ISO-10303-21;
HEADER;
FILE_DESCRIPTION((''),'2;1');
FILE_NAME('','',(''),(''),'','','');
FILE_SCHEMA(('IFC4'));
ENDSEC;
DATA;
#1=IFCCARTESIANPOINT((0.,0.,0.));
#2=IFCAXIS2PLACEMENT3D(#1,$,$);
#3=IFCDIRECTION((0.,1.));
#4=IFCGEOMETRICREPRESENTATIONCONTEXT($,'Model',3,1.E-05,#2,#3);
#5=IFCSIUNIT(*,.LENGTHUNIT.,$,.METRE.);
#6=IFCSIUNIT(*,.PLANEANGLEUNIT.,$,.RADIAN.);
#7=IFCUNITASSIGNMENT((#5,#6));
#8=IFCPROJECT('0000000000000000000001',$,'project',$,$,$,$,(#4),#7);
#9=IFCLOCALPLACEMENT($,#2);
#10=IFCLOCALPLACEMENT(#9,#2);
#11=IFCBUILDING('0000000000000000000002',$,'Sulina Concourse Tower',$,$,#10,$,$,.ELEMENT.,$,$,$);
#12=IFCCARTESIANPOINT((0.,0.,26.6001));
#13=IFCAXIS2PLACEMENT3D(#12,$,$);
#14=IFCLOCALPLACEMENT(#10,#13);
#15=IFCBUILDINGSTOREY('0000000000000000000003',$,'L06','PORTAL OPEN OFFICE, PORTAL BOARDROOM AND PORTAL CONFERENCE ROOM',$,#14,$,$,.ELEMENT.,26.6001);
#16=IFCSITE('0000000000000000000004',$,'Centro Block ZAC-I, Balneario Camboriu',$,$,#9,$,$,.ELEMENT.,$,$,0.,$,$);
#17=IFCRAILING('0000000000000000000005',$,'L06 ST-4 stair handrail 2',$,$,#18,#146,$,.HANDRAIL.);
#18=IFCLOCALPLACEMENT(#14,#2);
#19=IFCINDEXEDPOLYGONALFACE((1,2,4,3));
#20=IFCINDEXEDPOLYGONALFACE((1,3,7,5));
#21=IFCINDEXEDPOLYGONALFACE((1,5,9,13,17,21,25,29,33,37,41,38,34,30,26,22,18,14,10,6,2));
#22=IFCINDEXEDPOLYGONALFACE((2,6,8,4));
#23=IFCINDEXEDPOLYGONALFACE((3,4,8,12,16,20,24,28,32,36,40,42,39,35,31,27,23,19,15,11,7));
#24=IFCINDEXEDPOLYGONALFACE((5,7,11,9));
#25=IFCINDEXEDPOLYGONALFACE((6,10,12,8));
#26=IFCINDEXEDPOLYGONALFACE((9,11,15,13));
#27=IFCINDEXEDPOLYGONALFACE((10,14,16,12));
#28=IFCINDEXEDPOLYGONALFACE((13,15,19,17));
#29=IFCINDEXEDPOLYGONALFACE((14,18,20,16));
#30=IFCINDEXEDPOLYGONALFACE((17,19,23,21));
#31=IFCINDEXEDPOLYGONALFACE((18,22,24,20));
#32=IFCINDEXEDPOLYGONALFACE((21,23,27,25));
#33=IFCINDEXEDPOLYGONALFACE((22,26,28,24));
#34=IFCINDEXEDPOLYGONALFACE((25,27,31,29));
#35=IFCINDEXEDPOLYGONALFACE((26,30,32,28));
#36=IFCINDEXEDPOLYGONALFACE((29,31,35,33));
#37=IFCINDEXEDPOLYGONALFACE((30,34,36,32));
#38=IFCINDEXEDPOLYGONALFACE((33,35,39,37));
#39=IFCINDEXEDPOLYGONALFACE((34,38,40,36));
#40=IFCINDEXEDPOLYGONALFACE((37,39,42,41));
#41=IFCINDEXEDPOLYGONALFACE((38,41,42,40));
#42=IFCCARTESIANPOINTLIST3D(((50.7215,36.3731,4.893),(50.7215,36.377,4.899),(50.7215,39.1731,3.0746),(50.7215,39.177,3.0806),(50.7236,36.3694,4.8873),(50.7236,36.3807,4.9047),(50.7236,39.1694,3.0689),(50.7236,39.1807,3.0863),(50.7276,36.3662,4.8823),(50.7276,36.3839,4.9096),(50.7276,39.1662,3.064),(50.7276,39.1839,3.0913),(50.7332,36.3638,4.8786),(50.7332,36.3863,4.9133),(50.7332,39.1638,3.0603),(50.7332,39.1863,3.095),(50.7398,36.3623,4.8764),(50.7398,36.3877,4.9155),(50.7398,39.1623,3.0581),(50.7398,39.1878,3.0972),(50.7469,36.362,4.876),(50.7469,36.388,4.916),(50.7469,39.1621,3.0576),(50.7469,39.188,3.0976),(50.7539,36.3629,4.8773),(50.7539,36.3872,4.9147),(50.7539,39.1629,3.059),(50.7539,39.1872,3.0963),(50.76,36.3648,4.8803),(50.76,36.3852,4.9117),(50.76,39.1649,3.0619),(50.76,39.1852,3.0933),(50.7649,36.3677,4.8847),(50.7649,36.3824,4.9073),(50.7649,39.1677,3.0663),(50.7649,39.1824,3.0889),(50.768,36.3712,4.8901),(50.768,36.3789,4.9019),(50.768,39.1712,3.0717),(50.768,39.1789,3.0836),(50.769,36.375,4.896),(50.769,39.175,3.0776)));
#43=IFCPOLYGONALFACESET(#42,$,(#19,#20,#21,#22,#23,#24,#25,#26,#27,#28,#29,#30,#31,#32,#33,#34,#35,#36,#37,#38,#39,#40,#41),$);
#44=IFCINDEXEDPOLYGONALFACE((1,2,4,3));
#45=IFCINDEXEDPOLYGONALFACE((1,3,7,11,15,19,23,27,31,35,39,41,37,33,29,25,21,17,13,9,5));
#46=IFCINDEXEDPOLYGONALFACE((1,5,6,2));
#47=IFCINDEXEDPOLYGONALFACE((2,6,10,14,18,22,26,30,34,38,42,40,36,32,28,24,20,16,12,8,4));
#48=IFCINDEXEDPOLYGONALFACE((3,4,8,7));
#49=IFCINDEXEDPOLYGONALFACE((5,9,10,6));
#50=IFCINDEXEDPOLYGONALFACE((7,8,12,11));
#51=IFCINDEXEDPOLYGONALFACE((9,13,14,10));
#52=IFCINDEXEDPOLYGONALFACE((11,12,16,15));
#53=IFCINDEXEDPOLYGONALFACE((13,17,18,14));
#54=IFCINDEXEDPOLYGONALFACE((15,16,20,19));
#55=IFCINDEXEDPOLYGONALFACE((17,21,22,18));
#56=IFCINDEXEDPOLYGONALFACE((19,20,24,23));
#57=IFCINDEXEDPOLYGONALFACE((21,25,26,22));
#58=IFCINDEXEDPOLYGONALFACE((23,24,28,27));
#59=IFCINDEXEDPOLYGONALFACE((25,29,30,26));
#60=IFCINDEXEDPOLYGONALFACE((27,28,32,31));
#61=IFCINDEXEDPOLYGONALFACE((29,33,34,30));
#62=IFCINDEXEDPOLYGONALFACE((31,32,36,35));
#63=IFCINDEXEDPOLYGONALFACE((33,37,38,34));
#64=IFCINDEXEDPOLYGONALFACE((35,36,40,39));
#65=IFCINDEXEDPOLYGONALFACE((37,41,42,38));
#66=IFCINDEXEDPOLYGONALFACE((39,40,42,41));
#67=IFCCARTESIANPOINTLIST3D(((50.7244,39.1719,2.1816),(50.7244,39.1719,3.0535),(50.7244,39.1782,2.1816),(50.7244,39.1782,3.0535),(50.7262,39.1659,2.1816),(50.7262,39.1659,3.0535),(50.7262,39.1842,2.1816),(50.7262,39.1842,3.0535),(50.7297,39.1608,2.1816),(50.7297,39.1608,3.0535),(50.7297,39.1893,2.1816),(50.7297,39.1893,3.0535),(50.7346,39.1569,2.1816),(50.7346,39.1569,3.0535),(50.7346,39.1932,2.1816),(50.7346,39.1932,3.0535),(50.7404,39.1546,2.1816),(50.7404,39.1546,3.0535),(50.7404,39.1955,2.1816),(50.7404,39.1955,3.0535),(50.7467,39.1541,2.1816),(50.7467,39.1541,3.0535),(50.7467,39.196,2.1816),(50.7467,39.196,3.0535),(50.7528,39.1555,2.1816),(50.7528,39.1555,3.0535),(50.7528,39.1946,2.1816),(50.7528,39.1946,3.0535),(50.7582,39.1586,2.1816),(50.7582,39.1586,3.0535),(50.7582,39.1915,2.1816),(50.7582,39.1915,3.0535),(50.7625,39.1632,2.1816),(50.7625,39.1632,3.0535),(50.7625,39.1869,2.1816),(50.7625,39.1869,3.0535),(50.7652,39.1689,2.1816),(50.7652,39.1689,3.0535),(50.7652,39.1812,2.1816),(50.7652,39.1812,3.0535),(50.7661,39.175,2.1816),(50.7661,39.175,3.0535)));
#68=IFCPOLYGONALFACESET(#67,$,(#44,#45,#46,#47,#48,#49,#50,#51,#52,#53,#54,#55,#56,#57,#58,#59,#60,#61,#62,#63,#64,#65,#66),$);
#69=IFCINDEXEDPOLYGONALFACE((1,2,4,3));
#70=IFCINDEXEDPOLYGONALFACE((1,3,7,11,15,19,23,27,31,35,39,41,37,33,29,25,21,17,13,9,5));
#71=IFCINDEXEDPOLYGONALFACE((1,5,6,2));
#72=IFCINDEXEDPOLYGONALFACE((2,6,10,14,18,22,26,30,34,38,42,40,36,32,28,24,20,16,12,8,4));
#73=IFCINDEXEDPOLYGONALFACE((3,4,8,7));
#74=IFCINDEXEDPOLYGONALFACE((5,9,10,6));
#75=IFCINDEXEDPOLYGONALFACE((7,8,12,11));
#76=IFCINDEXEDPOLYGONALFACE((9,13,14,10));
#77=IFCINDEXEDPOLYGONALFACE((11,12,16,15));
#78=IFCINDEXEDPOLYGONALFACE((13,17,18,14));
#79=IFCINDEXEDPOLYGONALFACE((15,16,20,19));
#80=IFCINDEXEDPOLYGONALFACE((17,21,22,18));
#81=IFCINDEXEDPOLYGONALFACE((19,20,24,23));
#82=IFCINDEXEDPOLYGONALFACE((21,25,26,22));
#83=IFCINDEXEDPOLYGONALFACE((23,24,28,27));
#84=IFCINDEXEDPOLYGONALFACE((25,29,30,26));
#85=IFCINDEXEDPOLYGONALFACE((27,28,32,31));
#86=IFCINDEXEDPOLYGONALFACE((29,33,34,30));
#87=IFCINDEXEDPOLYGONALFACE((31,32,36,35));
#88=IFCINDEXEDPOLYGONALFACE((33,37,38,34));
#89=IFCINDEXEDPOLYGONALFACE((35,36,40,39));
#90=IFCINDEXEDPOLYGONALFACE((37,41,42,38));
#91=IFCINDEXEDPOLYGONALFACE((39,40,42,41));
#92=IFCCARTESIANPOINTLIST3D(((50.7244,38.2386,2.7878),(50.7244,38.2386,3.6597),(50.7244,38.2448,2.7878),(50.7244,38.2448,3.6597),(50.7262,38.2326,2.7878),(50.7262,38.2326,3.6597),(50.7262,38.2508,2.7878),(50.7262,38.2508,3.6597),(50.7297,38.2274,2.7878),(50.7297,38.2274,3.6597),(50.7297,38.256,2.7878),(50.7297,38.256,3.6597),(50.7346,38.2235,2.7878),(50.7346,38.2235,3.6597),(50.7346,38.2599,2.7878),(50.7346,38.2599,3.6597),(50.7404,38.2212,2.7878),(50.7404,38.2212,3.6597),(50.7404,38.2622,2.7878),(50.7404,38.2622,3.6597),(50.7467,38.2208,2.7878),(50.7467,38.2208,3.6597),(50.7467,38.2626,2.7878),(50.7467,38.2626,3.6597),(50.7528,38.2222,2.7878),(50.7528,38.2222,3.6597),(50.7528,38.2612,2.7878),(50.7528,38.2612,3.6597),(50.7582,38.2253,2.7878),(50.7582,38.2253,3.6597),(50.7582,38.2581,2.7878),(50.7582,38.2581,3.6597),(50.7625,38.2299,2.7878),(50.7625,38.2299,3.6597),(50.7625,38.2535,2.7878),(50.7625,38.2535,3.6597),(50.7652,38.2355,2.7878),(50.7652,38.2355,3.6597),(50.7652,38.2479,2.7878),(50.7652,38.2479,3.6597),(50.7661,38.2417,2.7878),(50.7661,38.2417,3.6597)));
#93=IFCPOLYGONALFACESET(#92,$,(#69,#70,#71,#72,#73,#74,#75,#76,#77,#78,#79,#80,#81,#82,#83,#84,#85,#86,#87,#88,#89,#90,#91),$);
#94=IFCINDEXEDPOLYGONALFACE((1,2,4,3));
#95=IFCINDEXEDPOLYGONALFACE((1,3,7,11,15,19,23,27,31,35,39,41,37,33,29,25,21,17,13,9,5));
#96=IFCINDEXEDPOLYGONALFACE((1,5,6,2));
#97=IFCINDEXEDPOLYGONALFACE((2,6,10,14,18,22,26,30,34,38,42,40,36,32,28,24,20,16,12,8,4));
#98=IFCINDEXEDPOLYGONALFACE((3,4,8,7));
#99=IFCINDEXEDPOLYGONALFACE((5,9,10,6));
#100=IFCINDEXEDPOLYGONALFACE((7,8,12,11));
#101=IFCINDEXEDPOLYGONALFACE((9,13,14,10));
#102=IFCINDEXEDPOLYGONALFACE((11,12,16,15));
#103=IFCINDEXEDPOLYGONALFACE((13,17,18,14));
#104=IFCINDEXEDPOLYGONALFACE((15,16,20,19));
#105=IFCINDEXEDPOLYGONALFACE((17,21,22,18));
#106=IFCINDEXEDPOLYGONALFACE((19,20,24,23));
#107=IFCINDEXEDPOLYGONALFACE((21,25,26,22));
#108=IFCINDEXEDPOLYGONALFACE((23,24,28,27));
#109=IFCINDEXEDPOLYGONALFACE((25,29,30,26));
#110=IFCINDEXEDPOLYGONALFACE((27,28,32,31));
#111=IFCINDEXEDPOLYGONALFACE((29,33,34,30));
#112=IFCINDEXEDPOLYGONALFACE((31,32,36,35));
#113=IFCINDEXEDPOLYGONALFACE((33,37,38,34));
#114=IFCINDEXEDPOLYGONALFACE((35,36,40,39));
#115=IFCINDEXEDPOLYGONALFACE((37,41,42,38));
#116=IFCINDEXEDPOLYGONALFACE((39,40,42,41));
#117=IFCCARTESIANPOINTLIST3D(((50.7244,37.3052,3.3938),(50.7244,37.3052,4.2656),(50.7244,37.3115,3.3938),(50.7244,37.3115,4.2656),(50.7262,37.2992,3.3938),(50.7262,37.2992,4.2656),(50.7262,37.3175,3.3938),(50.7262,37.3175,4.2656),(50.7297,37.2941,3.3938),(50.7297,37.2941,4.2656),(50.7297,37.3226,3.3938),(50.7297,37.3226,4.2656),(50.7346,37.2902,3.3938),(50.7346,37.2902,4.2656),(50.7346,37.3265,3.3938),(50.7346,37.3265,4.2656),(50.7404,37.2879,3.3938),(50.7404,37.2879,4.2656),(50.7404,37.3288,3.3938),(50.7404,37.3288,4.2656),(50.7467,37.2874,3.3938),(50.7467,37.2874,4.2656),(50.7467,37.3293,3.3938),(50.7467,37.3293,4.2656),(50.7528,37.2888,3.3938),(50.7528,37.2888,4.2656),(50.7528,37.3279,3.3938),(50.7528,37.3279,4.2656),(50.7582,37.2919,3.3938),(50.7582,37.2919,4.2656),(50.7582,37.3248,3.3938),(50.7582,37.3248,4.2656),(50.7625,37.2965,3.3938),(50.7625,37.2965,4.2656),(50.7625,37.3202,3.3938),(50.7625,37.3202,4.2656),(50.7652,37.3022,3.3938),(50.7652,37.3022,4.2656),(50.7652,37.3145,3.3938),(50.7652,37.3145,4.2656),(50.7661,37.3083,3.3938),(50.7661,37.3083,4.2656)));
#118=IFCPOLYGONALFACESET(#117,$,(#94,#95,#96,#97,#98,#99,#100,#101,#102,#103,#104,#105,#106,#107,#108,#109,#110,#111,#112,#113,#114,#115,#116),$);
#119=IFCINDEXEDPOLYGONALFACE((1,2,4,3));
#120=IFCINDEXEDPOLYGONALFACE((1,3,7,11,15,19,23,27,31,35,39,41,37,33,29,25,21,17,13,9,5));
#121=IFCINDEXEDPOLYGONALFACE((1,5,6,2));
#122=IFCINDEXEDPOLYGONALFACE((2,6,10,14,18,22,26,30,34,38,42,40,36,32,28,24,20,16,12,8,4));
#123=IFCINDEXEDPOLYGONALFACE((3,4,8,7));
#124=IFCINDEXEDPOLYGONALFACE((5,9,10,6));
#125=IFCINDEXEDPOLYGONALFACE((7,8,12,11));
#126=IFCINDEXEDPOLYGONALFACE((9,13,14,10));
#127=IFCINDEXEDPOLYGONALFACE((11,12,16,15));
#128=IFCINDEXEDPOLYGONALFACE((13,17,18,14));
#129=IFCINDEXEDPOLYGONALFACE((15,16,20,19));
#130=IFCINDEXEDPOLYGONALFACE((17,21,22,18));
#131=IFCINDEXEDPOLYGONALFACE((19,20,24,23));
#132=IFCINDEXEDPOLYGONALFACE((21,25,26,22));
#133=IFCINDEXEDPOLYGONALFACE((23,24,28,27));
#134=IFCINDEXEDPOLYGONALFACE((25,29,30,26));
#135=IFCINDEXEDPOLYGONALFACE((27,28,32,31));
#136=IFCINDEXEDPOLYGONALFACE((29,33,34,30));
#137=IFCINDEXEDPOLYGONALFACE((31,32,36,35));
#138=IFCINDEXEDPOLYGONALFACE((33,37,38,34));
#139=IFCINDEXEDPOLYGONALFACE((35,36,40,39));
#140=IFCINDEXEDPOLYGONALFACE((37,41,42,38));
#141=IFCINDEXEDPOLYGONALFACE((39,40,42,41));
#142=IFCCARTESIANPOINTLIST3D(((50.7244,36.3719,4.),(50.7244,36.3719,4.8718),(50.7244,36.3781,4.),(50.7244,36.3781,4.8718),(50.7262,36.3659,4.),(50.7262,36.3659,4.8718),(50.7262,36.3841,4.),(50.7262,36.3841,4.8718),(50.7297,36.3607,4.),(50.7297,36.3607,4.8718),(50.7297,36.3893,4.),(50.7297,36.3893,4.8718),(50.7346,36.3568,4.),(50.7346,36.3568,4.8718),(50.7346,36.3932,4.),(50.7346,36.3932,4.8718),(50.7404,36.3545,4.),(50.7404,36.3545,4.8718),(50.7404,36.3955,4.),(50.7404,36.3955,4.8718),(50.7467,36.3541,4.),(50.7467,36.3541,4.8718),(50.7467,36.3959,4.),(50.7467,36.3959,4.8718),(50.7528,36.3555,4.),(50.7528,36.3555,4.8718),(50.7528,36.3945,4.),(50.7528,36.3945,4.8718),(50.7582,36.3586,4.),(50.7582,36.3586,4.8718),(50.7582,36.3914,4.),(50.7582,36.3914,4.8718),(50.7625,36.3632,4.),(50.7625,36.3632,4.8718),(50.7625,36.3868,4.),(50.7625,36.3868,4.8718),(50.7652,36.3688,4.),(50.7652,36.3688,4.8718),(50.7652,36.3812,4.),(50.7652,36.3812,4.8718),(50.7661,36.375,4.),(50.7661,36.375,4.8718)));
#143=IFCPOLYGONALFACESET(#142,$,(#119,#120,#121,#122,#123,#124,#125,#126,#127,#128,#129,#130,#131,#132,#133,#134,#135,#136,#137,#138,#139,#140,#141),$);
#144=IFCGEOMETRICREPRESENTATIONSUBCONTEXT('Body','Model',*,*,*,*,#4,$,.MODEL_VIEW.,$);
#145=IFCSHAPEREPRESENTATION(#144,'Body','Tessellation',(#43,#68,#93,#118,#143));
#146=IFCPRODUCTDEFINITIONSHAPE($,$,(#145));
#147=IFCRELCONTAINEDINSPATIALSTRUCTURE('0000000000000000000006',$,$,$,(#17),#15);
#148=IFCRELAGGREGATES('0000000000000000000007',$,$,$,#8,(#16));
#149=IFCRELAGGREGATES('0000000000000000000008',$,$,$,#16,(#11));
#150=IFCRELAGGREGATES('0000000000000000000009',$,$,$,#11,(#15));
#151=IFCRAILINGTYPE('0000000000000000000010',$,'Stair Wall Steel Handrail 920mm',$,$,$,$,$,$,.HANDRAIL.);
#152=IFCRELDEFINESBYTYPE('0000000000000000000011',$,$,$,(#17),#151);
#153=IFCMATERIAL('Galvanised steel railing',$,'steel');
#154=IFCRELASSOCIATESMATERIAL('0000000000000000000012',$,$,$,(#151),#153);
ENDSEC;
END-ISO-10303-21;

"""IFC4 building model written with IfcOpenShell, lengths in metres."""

from ifc_helpers import new_model, si_unit, direction, frame, origin, origin_2d, place, context, subcontext, project, spatial, circle, extrude, material, type_object, element, save


model = new_model("IFC4")

# Units and contexts
model_context = context("Model", 3, precision=1e-05, world=origin(), true_north=direction((0.0, 1.0)))
body_context = subcontext(model_context, "Body", "Model", "MODEL_VIEW")
ifc_project = project(units=[si_unit("LENGTHUNIT", "METRE"), si_unit("PLANEANGLEUNIT", "RADIAN")], contexts=[model_context])

# Site, building, storey
site_placement = place(None, origin())
site = spatial("IfcSite", under=ifc_project, at=site_placement, Name="Centro Block ZAC-I, Balneario Camboriu", CompositionType="ELEMENT", RefElevation=0.0)
building_placement = place(site_placement, origin())
building = spatial("IfcBuilding", under=site, at=building_placement, Name="Sulina Concourse Tower", CompositionType="ELEMENT")
storey_placement = place(building_placement, frame((0.0, 0.0, 26.6001)))
storey = spatial("IfcBuildingStorey", under=building, at=storey_placement, Name="L06", Description="PORTAL OPEN OFFICE, PORTAL BOARDROOM AND PORTAL CONFERENCE ROOM", CompositionType="ELEMENT", Elevation=26.6001)

# Railing
ifc_material_1 = material(Name="Galvanised steel railing", Category="steel")
railing_type_1 = type_object("IfcRailingType", Name="Stair Wall Steel Handrail 920mm", PredefinedType="HANDRAIL", material=ifc_material_1)
railing_1_placement = place(storey_placement, frame((50.7451, 39.175, 2.1816)))
element("IfcRailing", 1, at=railing_1_placement, inside=storey, type_object=railing_type_1, Name="L06 ST-4 stair handrail 2", PredefinedType="HANDRAIL", context=body_context, shape_type="SweptSolid", body=[
    extrude(circle(Radius=0.0239, at=origin_2d()), frame((0.0, 0.0, 0.896), z_axis=(0.0, -0.838672, 0.544636), x_axis=(1.0, 0.0, 0.0)), (0.0, 0.0, 1.0), 3.3386),
    extrude(circle(Radius=0.021, at=origin_2d()), origin(), (0.0, 0.0, 1.0), 0.8718),
    extrude(circle(Radius=0.021, at=origin_2d()), frame((0.0, -0.9333, 0.6062)), (0.0, 0.0, 1.0), 0.8718),
    extrude(circle(Radius=0.021, at=origin_2d()), frame((0.0, -1.8667, 1.2122)), (0.0, 0.0, 1.0), 0.8718),
    extrude(circle(Radius=0.021, at=origin_2d()), frame((0.0, -2.8, 1.8184)), (0.0, 0.0, 1.0), 0.8718),
])

save(model, "model.ifc")
